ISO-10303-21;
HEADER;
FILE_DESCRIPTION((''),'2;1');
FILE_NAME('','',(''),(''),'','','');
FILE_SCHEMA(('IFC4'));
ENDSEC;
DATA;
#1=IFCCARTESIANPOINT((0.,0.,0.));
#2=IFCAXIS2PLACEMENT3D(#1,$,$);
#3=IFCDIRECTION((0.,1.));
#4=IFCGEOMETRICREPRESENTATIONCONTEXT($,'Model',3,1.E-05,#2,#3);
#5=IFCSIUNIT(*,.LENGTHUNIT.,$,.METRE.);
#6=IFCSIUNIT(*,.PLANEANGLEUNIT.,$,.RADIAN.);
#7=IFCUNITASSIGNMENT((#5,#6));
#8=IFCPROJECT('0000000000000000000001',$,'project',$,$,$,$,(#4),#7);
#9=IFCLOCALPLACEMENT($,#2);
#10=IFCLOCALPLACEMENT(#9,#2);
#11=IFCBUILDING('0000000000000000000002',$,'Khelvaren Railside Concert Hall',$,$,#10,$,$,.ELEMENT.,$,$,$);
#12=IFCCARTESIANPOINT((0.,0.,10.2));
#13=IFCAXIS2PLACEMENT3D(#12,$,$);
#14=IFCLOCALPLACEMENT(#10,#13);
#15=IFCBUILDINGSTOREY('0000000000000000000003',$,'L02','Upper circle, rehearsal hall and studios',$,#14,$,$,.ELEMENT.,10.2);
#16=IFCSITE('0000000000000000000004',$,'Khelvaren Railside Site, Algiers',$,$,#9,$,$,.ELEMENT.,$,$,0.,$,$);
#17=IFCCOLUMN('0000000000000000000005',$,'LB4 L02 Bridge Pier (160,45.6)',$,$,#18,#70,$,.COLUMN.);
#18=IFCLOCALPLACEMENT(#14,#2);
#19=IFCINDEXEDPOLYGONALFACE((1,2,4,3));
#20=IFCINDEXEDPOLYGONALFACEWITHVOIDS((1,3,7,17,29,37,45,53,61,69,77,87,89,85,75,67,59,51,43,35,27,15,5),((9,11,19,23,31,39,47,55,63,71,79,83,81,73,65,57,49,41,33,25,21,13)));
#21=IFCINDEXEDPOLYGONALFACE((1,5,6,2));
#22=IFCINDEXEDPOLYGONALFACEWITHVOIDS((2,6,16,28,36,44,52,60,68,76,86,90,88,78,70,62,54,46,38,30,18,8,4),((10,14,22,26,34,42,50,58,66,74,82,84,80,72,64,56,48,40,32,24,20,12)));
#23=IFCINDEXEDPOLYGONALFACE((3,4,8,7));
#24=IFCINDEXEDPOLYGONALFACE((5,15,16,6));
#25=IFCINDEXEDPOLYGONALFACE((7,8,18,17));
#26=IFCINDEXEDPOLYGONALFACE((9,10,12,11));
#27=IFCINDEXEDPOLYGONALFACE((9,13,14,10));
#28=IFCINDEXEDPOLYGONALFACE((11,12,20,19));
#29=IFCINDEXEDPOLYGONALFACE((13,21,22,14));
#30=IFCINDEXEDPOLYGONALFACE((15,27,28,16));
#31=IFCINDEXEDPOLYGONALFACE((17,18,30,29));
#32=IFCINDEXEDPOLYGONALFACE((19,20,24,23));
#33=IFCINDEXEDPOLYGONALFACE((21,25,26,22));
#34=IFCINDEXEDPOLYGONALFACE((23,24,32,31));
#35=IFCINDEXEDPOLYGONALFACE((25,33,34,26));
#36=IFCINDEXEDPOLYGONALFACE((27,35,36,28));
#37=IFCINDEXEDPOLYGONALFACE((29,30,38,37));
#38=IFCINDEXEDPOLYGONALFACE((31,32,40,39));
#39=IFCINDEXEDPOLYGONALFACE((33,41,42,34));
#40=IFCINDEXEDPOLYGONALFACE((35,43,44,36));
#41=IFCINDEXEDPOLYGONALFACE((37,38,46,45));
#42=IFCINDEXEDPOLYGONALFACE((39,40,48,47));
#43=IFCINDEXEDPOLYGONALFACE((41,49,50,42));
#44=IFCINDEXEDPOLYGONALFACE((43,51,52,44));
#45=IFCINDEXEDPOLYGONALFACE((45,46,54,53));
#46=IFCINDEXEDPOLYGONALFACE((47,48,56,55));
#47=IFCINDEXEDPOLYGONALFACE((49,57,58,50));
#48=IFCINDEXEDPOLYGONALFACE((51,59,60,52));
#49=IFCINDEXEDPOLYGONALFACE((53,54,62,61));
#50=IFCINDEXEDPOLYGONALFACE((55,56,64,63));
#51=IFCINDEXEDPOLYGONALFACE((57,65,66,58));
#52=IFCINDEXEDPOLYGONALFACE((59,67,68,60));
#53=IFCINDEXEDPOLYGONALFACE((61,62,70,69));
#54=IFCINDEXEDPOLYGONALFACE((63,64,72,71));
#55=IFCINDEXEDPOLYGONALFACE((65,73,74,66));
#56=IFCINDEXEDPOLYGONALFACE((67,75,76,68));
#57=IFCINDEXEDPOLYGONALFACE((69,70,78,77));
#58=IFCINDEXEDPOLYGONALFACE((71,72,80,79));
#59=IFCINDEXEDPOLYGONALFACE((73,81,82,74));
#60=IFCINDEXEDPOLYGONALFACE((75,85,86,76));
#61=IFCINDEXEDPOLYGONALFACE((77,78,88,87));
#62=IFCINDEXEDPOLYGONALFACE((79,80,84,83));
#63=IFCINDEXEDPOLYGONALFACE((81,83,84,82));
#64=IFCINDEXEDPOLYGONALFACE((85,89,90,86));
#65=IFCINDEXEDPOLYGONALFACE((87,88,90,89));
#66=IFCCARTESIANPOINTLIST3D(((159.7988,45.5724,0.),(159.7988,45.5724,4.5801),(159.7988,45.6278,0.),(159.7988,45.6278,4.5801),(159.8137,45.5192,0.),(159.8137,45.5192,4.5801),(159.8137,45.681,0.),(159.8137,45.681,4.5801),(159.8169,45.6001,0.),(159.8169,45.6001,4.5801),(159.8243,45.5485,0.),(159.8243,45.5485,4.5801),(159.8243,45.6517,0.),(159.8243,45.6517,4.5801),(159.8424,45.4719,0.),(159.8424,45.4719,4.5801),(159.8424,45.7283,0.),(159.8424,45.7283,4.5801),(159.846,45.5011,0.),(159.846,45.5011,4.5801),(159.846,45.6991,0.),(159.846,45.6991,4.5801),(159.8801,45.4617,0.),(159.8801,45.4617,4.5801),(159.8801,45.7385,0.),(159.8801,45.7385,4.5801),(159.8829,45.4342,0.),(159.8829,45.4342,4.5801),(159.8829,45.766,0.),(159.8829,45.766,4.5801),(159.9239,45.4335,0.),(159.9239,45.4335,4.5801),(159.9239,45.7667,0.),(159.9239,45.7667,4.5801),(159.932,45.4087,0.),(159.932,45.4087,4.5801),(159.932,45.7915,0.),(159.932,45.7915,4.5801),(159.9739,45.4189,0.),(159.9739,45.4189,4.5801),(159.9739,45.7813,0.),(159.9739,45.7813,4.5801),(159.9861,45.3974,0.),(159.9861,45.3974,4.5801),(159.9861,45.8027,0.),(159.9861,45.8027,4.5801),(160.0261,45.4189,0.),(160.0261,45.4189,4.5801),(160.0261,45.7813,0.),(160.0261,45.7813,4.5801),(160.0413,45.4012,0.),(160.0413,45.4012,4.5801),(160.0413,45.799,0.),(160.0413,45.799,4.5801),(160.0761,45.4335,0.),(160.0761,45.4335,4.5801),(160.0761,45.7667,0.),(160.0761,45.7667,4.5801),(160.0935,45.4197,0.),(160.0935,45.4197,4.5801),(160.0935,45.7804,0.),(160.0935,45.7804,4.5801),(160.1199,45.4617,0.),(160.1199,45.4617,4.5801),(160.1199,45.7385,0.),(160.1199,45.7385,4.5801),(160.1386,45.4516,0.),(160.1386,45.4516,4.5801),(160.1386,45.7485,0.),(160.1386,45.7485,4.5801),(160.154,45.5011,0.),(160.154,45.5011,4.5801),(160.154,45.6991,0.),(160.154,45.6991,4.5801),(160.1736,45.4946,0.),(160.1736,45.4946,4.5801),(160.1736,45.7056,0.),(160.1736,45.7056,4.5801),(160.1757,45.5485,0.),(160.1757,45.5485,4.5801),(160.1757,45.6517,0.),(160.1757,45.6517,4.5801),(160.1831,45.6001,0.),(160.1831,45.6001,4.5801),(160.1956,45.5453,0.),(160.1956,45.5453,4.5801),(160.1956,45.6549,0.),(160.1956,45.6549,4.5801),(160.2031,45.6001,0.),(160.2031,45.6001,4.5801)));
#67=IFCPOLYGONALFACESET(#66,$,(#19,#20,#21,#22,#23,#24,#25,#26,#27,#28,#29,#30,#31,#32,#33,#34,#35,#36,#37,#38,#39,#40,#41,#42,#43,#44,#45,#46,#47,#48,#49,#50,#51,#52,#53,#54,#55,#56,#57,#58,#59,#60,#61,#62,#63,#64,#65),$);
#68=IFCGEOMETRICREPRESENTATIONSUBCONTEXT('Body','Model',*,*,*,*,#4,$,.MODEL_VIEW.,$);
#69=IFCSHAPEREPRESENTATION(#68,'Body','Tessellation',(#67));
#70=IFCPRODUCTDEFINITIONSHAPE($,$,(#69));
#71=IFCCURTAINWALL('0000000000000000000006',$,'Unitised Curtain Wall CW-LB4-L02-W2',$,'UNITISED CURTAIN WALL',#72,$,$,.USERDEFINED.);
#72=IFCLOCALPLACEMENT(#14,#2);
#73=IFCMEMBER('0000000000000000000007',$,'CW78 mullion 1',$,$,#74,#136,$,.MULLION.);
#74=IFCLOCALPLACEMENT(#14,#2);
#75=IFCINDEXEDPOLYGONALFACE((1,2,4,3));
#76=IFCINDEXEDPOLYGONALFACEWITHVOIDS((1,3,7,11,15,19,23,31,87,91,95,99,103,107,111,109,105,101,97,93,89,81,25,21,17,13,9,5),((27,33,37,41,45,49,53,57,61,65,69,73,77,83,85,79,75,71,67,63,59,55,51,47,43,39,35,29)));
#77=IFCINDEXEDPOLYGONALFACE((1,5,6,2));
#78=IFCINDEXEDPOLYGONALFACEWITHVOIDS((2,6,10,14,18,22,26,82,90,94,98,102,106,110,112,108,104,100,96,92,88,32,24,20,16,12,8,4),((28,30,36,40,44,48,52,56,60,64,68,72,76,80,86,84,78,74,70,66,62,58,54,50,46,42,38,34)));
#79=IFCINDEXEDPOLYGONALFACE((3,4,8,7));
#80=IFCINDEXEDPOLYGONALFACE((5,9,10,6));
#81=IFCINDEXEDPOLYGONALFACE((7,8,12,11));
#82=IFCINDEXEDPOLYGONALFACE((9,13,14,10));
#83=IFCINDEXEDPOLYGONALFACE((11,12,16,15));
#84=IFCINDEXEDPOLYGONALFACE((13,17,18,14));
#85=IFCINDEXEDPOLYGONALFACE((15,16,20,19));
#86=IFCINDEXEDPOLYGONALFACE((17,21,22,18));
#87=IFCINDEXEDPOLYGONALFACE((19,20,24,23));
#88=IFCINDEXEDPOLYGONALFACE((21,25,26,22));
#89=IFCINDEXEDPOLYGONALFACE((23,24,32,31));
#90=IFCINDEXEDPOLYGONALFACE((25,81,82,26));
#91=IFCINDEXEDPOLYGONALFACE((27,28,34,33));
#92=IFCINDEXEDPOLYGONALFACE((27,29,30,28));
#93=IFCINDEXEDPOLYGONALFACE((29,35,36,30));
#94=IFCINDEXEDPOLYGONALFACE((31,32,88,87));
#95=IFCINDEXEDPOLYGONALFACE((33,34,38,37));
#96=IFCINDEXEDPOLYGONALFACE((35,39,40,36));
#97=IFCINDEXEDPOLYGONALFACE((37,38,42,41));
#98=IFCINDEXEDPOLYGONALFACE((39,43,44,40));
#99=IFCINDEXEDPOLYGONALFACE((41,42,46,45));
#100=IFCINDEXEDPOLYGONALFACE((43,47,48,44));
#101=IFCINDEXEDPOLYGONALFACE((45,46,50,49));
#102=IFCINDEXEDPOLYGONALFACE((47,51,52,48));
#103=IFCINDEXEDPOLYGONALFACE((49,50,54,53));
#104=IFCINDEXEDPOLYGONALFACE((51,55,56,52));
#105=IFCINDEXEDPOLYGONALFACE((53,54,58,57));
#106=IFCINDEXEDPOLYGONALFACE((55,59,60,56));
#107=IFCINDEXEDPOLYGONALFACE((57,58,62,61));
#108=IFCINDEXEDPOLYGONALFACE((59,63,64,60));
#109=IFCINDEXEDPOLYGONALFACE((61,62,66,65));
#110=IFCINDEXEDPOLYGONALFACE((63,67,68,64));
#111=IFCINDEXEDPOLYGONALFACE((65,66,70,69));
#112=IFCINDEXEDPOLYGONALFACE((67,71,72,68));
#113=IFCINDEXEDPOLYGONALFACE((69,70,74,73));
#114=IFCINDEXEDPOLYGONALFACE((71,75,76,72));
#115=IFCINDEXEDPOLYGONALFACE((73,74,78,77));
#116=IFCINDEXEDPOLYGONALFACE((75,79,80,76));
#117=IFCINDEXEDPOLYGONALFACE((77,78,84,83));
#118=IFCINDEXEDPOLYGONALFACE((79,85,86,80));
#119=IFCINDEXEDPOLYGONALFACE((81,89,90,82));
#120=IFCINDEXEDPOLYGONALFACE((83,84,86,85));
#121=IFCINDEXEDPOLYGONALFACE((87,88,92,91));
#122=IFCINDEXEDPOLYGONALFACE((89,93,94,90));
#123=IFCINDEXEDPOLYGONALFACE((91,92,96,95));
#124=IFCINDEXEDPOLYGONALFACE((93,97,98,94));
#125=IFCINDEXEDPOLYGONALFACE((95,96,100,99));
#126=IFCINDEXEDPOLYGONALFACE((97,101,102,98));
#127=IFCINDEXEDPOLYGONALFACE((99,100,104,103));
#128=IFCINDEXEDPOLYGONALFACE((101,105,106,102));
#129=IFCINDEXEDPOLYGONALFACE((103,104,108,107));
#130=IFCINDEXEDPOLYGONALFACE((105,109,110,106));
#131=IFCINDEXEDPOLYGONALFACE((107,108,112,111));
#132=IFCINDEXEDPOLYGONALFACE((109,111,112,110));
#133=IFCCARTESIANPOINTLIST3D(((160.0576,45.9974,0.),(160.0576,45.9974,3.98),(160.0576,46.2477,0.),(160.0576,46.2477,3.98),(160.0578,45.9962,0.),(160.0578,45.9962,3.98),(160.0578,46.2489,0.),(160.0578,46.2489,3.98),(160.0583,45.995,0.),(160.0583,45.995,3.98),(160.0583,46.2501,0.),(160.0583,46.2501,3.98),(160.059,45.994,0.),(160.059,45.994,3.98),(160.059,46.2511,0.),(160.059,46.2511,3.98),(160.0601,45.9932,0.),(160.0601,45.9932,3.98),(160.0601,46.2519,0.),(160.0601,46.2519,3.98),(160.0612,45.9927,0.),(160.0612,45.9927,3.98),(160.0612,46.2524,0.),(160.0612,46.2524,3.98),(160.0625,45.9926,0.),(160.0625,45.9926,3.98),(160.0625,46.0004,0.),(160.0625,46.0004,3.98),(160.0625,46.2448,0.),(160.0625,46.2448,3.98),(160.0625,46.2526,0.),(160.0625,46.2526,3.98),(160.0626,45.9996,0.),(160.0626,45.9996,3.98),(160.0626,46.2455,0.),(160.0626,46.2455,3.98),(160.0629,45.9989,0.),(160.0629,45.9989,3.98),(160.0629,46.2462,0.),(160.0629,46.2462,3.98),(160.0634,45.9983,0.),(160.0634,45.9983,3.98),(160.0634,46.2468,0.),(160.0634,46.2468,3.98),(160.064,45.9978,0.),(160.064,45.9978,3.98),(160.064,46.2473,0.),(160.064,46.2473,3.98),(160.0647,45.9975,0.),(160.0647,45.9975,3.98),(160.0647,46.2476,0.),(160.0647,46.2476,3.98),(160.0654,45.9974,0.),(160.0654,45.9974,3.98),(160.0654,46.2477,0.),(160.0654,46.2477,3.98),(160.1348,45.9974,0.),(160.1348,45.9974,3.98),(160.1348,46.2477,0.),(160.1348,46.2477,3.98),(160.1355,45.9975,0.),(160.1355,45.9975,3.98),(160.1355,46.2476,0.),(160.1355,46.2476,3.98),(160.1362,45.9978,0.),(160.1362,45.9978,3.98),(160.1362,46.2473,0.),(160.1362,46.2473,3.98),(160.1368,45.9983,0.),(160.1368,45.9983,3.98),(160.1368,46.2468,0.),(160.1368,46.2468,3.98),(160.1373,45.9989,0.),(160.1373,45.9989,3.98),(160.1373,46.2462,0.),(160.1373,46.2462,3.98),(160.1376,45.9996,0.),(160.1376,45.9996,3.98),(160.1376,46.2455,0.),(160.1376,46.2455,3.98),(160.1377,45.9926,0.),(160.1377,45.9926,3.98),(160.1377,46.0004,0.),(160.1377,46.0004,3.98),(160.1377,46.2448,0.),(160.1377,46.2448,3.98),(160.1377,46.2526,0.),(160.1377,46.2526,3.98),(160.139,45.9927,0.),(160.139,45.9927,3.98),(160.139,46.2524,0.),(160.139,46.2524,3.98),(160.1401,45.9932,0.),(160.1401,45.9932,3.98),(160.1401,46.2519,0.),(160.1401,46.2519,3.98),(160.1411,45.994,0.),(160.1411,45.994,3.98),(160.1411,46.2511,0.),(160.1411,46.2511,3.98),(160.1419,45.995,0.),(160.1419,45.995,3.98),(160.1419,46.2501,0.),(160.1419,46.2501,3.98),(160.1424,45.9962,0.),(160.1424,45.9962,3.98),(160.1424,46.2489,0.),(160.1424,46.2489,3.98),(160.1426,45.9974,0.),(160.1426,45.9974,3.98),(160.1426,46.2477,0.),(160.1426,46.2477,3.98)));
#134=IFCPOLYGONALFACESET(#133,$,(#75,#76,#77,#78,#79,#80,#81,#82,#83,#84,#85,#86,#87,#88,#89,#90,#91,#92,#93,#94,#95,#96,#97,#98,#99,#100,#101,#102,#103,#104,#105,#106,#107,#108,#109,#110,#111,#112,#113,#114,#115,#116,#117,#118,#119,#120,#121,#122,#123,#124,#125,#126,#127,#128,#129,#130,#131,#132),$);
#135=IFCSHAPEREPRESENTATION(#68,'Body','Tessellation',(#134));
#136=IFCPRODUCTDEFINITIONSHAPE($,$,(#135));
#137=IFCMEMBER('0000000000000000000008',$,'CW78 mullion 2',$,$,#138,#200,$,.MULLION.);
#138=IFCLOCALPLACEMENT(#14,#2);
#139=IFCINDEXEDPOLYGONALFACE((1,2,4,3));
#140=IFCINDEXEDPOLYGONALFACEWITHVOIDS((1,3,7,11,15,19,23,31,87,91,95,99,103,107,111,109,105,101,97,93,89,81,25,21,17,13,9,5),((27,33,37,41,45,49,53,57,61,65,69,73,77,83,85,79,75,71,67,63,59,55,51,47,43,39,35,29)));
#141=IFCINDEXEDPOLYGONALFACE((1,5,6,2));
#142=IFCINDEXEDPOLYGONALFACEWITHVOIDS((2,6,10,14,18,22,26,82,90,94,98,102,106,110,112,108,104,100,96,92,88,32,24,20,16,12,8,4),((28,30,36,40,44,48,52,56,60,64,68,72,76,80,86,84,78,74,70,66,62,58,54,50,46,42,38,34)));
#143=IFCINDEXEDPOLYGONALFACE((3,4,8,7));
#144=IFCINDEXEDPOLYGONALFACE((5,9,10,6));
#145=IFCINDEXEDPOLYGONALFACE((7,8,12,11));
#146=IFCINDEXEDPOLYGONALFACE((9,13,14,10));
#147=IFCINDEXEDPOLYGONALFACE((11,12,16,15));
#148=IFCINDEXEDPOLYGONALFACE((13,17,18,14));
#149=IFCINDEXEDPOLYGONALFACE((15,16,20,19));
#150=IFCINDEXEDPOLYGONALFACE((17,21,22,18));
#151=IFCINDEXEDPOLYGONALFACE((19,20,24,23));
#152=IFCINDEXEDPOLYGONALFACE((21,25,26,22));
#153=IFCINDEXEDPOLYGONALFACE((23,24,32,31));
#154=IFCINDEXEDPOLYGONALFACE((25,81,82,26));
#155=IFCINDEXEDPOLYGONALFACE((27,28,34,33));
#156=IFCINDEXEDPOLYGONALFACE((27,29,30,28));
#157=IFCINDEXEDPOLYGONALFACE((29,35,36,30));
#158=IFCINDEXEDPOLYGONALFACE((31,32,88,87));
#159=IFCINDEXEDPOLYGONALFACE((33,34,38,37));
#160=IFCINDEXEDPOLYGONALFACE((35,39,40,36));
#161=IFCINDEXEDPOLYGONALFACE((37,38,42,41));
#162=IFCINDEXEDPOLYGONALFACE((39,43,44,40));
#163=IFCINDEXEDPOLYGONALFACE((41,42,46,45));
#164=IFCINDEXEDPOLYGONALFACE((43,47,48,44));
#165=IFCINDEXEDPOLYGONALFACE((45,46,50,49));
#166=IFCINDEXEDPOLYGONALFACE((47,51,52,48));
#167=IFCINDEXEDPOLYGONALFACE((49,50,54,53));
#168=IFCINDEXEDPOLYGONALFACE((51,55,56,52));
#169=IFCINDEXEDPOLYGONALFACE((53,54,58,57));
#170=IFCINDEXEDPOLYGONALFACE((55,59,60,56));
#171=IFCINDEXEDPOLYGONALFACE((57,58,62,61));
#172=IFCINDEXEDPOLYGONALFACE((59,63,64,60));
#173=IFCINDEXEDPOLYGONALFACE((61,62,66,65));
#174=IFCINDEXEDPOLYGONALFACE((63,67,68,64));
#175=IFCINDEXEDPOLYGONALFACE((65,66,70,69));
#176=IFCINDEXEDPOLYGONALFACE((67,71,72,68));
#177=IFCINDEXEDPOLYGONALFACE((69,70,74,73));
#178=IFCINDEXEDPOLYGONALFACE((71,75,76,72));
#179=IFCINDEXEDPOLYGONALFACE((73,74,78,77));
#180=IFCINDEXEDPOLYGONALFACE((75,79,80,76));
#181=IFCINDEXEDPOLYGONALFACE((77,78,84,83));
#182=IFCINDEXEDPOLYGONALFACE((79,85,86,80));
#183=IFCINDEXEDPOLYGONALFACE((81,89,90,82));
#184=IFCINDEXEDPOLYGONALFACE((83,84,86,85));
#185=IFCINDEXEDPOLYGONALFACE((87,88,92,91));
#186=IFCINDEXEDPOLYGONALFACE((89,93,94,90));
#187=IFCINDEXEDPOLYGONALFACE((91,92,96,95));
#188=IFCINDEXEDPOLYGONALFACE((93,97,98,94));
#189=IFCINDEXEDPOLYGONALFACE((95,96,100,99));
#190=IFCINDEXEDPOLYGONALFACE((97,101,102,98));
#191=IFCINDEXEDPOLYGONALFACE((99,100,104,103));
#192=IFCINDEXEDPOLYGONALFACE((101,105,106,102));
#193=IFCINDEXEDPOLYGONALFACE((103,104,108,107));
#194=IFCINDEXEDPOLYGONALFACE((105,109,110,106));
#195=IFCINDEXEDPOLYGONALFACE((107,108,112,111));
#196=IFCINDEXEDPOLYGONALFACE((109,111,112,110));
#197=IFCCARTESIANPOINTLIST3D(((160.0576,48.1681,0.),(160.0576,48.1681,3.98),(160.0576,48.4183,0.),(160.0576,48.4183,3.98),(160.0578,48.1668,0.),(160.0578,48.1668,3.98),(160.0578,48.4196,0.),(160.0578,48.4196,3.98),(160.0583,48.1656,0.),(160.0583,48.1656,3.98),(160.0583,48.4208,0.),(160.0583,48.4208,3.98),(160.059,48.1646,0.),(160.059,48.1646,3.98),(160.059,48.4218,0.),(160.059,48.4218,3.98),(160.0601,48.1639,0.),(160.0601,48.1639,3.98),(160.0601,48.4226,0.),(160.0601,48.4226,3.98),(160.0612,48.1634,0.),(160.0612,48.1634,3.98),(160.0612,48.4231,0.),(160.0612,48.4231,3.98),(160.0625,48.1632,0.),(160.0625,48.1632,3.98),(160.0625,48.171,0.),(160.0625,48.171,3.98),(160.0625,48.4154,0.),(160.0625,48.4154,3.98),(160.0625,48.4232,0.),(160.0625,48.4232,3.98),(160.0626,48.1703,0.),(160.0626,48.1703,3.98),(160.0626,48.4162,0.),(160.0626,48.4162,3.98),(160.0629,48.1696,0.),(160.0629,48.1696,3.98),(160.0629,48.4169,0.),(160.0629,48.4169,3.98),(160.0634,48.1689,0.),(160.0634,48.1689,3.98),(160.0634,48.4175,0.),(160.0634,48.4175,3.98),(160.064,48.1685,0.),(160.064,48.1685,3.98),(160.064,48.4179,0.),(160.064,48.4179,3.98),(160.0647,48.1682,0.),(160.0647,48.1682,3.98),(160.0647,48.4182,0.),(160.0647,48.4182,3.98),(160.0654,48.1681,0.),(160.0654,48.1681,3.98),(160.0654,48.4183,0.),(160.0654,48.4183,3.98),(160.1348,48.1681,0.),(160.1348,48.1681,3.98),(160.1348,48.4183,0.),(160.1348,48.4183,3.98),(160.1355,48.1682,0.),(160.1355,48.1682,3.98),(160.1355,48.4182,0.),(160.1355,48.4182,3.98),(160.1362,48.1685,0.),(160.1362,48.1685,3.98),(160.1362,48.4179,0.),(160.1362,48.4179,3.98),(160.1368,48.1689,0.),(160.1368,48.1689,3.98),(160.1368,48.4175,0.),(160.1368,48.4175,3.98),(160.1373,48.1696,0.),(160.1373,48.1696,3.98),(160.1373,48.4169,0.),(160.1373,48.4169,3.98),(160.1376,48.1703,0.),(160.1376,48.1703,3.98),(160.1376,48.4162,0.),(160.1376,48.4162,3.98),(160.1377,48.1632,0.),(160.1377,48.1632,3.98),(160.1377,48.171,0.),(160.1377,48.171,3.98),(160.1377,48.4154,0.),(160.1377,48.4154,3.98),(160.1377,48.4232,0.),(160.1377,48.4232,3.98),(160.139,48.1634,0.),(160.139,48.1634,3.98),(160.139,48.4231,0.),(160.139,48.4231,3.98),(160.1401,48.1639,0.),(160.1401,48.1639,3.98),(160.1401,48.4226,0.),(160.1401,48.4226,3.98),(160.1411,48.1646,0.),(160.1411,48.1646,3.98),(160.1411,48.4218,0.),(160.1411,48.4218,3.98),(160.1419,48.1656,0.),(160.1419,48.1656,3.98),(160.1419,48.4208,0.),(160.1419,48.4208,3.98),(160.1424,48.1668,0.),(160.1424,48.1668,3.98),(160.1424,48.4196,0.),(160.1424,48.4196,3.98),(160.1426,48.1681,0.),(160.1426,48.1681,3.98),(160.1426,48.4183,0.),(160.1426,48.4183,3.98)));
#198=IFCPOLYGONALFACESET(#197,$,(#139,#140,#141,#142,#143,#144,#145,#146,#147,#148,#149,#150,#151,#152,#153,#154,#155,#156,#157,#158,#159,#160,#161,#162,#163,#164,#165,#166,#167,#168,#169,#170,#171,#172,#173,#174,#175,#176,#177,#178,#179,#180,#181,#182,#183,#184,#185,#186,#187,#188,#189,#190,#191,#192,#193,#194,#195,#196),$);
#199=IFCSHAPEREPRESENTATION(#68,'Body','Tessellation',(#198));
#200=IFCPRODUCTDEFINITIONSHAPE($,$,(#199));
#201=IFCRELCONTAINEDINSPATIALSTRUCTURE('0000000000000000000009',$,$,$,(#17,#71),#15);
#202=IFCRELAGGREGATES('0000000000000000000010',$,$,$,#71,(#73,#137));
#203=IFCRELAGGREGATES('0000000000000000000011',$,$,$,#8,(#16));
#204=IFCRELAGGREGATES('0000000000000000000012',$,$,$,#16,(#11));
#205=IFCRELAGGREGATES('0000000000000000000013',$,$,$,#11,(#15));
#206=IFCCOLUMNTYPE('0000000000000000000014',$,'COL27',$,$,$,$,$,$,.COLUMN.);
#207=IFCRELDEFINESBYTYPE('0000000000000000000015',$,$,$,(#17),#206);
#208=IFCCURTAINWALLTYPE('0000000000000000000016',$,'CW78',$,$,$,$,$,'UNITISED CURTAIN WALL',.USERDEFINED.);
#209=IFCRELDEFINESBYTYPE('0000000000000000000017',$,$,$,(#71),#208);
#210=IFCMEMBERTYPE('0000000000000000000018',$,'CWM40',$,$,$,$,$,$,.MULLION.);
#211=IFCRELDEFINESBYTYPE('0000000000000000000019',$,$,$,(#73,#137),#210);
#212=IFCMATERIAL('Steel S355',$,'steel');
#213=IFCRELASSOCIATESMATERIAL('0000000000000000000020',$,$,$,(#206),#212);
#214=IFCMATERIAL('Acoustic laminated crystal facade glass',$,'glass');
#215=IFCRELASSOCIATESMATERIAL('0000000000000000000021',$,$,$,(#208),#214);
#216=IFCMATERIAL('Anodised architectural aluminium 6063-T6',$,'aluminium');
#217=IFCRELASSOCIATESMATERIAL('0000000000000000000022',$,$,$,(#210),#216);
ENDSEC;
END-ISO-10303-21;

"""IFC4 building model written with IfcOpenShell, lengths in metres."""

from ifc_helpers import new_model, si_unit, direction, frame, origin, origin_2d, place, context, subcontext, project, spatial, hollow_rectangle, hollow_circle, extrude, material, material_profile, profile_set, type_object, element, aggregate, save


model = new_model("IFC4")

# Units and contexts
model_context = context("Model", 3, precision=1e-05, world=origin(), true_north=direction((0.0, 1.0)))
body_context = subcontext(model_context, "Body", "Model", "MODEL_VIEW")
ifc_project = project(units=[si_unit("LENGTHUNIT", "METRE"), si_unit("PLANEANGLEUNIT", "RADIAN")], contexts=[model_context])

# Site, building, storey
site_placement = place(None, origin())
site = spatial("IfcSite", under=ifc_project, at=site_placement, Name="Khelvaren Railside Site, Algiers", CompositionType="ELEMENT", RefElevation=0.0)
building_placement = place(site_placement, origin())
building = spatial("IfcBuilding", under=site, at=building_placement, Name="Khelvaren Railside Concert Hall", CompositionType="ELEMENT")
storey_placement = place(building_placement, frame((0.0, 0.0, 10.2)))
storey = spatial("IfcBuildingStorey", under=building, at=storey_placement, Name="L02", Description="Upper circle, rehearsal hall and studios", CompositionType="ELEMENT", Elevation=10.2)

# Column
ifc_material_1 = material(Name="Steel S355", Category="steel")
ifc_material_profile_1 = material_profile(ifc_material_1, hollow_circle(Radius=0.2031, WallThickness=0.02, at=origin_2d()), Name="CHS 406.4x20")
ifc_profile_set_1 = profile_set([ifc_material_profile_1], Name="Steel S355")
column_type = type_object("IfcColumnType", Name="COL27", PredefinedType="COLUMN", material=ifc_profile_set_1)
column_placement = place(storey_placement, frame((160.0, 45.6001, 0.0), z_axis=(0.0, 0.0, 1.0), x_axis=(1.0, 0.0, 0.0)))
element("IfcColumn", 1, at=column_placement, inside=storey, type_object=column_type, Name="LB4 L02 Bridge Pier (160,45.6)", PredefinedType="COLUMN", context=body_context, shape_type="SweptSolid", body=[
    extrude(hollow_circle(Radius=0.2031, WallThickness=0.02, at=origin_2d()), origin(), (0.0, 0.0, 1.0), 4.5801),
])

# Curtain wall, members
ifc_material_2 = material(Name="Acoustic laminated crystal facade glass", Category="glass")
curtain_wall_type = type_object("IfcCurtainWallType", Name="CW78", ElementType="UNITISED CURTAIN WALL", PredefinedType="USERDEFINED", material=ifc_material_2)
curtain_wall_placement = place(storey_placement, origin())
curtain_wall = element("IfcCurtainWall", 2, at=curtain_wall_placement, inside=storey, type_object=curtain_wall_type, Name="Unitised Curtain Wall CW-LB4-L02-W2", ObjectType="UNITISED CURTAIN WALL", PredefinedType="USERDEFINED")
ifc_material_3 = material(Name="Anodised architectural aluminium 6063-T6", Category="aluminium")
ifc_material_profile_2 = material_profile(ifc_material_3, hollow_rectangle(XDim=0.085, YDim=0.26, WallThickness=0.0049, InnerFilletRadius=0.0029, OuterFilletRadius=0.0049, at=origin_2d()), Name="CWM 85x260x5")
ifc_profile_set_2 = profile_set([ifc_material_profile_2], Name="Anodised architectural aluminium 6063-T6")
member_type_1 = type_object("IfcMemberType", Name="CWM40", PredefinedType="MULLION", material=ifc_profile_set_2)
member_1_placement = place(storey_placement, frame((160.1001, 46.1226, 0.0), z_axis=(0.0, 0.0, 1.0), x_axis=(-1.0, 0.0, 0.0)))
member_1 = element("IfcMember", 3, at=member_1_placement, type_object=member_type_1, Name="CW78 mullion 1", PredefinedType="MULLION", context=body_context, shape_type="SweptSolid", body=[
    extrude(hollow_rectangle(XDim=0.085, YDim=0.26, WallThickness=0.0049, InnerFilletRadius=0.0029, OuterFilletRadius=0.0049, at=origin_2d()), origin(), (0.0, 0.0, 1.0), 3.98),
])
member_2_placement = place(storey_placement, frame((160.1001, 48.2932, 0.0), z_axis=(0.0, 0.0, 1.0), x_axis=(-1.0, 0.0, 0.0)))
member_2 = element("IfcMember", 4, at=member_2_placement, type_object=member_type_1, Name="CW78 mullion 2", PredefinedType="MULLION", context=body_context, shape_type="SweptSolid", body=[
    extrude(hollow_rectangle(XDim=0.085, YDim=0.26, WallThickness=0.0049, InnerFilletRadius=0.0029, OuterFilletRadius=0.0049, at=origin_2d()), origin(), (0.0, 0.0, 1.0), 3.98),
])

aggregate(curtain_wall, [member_1, member_2])

save(model, "model.ifc")
